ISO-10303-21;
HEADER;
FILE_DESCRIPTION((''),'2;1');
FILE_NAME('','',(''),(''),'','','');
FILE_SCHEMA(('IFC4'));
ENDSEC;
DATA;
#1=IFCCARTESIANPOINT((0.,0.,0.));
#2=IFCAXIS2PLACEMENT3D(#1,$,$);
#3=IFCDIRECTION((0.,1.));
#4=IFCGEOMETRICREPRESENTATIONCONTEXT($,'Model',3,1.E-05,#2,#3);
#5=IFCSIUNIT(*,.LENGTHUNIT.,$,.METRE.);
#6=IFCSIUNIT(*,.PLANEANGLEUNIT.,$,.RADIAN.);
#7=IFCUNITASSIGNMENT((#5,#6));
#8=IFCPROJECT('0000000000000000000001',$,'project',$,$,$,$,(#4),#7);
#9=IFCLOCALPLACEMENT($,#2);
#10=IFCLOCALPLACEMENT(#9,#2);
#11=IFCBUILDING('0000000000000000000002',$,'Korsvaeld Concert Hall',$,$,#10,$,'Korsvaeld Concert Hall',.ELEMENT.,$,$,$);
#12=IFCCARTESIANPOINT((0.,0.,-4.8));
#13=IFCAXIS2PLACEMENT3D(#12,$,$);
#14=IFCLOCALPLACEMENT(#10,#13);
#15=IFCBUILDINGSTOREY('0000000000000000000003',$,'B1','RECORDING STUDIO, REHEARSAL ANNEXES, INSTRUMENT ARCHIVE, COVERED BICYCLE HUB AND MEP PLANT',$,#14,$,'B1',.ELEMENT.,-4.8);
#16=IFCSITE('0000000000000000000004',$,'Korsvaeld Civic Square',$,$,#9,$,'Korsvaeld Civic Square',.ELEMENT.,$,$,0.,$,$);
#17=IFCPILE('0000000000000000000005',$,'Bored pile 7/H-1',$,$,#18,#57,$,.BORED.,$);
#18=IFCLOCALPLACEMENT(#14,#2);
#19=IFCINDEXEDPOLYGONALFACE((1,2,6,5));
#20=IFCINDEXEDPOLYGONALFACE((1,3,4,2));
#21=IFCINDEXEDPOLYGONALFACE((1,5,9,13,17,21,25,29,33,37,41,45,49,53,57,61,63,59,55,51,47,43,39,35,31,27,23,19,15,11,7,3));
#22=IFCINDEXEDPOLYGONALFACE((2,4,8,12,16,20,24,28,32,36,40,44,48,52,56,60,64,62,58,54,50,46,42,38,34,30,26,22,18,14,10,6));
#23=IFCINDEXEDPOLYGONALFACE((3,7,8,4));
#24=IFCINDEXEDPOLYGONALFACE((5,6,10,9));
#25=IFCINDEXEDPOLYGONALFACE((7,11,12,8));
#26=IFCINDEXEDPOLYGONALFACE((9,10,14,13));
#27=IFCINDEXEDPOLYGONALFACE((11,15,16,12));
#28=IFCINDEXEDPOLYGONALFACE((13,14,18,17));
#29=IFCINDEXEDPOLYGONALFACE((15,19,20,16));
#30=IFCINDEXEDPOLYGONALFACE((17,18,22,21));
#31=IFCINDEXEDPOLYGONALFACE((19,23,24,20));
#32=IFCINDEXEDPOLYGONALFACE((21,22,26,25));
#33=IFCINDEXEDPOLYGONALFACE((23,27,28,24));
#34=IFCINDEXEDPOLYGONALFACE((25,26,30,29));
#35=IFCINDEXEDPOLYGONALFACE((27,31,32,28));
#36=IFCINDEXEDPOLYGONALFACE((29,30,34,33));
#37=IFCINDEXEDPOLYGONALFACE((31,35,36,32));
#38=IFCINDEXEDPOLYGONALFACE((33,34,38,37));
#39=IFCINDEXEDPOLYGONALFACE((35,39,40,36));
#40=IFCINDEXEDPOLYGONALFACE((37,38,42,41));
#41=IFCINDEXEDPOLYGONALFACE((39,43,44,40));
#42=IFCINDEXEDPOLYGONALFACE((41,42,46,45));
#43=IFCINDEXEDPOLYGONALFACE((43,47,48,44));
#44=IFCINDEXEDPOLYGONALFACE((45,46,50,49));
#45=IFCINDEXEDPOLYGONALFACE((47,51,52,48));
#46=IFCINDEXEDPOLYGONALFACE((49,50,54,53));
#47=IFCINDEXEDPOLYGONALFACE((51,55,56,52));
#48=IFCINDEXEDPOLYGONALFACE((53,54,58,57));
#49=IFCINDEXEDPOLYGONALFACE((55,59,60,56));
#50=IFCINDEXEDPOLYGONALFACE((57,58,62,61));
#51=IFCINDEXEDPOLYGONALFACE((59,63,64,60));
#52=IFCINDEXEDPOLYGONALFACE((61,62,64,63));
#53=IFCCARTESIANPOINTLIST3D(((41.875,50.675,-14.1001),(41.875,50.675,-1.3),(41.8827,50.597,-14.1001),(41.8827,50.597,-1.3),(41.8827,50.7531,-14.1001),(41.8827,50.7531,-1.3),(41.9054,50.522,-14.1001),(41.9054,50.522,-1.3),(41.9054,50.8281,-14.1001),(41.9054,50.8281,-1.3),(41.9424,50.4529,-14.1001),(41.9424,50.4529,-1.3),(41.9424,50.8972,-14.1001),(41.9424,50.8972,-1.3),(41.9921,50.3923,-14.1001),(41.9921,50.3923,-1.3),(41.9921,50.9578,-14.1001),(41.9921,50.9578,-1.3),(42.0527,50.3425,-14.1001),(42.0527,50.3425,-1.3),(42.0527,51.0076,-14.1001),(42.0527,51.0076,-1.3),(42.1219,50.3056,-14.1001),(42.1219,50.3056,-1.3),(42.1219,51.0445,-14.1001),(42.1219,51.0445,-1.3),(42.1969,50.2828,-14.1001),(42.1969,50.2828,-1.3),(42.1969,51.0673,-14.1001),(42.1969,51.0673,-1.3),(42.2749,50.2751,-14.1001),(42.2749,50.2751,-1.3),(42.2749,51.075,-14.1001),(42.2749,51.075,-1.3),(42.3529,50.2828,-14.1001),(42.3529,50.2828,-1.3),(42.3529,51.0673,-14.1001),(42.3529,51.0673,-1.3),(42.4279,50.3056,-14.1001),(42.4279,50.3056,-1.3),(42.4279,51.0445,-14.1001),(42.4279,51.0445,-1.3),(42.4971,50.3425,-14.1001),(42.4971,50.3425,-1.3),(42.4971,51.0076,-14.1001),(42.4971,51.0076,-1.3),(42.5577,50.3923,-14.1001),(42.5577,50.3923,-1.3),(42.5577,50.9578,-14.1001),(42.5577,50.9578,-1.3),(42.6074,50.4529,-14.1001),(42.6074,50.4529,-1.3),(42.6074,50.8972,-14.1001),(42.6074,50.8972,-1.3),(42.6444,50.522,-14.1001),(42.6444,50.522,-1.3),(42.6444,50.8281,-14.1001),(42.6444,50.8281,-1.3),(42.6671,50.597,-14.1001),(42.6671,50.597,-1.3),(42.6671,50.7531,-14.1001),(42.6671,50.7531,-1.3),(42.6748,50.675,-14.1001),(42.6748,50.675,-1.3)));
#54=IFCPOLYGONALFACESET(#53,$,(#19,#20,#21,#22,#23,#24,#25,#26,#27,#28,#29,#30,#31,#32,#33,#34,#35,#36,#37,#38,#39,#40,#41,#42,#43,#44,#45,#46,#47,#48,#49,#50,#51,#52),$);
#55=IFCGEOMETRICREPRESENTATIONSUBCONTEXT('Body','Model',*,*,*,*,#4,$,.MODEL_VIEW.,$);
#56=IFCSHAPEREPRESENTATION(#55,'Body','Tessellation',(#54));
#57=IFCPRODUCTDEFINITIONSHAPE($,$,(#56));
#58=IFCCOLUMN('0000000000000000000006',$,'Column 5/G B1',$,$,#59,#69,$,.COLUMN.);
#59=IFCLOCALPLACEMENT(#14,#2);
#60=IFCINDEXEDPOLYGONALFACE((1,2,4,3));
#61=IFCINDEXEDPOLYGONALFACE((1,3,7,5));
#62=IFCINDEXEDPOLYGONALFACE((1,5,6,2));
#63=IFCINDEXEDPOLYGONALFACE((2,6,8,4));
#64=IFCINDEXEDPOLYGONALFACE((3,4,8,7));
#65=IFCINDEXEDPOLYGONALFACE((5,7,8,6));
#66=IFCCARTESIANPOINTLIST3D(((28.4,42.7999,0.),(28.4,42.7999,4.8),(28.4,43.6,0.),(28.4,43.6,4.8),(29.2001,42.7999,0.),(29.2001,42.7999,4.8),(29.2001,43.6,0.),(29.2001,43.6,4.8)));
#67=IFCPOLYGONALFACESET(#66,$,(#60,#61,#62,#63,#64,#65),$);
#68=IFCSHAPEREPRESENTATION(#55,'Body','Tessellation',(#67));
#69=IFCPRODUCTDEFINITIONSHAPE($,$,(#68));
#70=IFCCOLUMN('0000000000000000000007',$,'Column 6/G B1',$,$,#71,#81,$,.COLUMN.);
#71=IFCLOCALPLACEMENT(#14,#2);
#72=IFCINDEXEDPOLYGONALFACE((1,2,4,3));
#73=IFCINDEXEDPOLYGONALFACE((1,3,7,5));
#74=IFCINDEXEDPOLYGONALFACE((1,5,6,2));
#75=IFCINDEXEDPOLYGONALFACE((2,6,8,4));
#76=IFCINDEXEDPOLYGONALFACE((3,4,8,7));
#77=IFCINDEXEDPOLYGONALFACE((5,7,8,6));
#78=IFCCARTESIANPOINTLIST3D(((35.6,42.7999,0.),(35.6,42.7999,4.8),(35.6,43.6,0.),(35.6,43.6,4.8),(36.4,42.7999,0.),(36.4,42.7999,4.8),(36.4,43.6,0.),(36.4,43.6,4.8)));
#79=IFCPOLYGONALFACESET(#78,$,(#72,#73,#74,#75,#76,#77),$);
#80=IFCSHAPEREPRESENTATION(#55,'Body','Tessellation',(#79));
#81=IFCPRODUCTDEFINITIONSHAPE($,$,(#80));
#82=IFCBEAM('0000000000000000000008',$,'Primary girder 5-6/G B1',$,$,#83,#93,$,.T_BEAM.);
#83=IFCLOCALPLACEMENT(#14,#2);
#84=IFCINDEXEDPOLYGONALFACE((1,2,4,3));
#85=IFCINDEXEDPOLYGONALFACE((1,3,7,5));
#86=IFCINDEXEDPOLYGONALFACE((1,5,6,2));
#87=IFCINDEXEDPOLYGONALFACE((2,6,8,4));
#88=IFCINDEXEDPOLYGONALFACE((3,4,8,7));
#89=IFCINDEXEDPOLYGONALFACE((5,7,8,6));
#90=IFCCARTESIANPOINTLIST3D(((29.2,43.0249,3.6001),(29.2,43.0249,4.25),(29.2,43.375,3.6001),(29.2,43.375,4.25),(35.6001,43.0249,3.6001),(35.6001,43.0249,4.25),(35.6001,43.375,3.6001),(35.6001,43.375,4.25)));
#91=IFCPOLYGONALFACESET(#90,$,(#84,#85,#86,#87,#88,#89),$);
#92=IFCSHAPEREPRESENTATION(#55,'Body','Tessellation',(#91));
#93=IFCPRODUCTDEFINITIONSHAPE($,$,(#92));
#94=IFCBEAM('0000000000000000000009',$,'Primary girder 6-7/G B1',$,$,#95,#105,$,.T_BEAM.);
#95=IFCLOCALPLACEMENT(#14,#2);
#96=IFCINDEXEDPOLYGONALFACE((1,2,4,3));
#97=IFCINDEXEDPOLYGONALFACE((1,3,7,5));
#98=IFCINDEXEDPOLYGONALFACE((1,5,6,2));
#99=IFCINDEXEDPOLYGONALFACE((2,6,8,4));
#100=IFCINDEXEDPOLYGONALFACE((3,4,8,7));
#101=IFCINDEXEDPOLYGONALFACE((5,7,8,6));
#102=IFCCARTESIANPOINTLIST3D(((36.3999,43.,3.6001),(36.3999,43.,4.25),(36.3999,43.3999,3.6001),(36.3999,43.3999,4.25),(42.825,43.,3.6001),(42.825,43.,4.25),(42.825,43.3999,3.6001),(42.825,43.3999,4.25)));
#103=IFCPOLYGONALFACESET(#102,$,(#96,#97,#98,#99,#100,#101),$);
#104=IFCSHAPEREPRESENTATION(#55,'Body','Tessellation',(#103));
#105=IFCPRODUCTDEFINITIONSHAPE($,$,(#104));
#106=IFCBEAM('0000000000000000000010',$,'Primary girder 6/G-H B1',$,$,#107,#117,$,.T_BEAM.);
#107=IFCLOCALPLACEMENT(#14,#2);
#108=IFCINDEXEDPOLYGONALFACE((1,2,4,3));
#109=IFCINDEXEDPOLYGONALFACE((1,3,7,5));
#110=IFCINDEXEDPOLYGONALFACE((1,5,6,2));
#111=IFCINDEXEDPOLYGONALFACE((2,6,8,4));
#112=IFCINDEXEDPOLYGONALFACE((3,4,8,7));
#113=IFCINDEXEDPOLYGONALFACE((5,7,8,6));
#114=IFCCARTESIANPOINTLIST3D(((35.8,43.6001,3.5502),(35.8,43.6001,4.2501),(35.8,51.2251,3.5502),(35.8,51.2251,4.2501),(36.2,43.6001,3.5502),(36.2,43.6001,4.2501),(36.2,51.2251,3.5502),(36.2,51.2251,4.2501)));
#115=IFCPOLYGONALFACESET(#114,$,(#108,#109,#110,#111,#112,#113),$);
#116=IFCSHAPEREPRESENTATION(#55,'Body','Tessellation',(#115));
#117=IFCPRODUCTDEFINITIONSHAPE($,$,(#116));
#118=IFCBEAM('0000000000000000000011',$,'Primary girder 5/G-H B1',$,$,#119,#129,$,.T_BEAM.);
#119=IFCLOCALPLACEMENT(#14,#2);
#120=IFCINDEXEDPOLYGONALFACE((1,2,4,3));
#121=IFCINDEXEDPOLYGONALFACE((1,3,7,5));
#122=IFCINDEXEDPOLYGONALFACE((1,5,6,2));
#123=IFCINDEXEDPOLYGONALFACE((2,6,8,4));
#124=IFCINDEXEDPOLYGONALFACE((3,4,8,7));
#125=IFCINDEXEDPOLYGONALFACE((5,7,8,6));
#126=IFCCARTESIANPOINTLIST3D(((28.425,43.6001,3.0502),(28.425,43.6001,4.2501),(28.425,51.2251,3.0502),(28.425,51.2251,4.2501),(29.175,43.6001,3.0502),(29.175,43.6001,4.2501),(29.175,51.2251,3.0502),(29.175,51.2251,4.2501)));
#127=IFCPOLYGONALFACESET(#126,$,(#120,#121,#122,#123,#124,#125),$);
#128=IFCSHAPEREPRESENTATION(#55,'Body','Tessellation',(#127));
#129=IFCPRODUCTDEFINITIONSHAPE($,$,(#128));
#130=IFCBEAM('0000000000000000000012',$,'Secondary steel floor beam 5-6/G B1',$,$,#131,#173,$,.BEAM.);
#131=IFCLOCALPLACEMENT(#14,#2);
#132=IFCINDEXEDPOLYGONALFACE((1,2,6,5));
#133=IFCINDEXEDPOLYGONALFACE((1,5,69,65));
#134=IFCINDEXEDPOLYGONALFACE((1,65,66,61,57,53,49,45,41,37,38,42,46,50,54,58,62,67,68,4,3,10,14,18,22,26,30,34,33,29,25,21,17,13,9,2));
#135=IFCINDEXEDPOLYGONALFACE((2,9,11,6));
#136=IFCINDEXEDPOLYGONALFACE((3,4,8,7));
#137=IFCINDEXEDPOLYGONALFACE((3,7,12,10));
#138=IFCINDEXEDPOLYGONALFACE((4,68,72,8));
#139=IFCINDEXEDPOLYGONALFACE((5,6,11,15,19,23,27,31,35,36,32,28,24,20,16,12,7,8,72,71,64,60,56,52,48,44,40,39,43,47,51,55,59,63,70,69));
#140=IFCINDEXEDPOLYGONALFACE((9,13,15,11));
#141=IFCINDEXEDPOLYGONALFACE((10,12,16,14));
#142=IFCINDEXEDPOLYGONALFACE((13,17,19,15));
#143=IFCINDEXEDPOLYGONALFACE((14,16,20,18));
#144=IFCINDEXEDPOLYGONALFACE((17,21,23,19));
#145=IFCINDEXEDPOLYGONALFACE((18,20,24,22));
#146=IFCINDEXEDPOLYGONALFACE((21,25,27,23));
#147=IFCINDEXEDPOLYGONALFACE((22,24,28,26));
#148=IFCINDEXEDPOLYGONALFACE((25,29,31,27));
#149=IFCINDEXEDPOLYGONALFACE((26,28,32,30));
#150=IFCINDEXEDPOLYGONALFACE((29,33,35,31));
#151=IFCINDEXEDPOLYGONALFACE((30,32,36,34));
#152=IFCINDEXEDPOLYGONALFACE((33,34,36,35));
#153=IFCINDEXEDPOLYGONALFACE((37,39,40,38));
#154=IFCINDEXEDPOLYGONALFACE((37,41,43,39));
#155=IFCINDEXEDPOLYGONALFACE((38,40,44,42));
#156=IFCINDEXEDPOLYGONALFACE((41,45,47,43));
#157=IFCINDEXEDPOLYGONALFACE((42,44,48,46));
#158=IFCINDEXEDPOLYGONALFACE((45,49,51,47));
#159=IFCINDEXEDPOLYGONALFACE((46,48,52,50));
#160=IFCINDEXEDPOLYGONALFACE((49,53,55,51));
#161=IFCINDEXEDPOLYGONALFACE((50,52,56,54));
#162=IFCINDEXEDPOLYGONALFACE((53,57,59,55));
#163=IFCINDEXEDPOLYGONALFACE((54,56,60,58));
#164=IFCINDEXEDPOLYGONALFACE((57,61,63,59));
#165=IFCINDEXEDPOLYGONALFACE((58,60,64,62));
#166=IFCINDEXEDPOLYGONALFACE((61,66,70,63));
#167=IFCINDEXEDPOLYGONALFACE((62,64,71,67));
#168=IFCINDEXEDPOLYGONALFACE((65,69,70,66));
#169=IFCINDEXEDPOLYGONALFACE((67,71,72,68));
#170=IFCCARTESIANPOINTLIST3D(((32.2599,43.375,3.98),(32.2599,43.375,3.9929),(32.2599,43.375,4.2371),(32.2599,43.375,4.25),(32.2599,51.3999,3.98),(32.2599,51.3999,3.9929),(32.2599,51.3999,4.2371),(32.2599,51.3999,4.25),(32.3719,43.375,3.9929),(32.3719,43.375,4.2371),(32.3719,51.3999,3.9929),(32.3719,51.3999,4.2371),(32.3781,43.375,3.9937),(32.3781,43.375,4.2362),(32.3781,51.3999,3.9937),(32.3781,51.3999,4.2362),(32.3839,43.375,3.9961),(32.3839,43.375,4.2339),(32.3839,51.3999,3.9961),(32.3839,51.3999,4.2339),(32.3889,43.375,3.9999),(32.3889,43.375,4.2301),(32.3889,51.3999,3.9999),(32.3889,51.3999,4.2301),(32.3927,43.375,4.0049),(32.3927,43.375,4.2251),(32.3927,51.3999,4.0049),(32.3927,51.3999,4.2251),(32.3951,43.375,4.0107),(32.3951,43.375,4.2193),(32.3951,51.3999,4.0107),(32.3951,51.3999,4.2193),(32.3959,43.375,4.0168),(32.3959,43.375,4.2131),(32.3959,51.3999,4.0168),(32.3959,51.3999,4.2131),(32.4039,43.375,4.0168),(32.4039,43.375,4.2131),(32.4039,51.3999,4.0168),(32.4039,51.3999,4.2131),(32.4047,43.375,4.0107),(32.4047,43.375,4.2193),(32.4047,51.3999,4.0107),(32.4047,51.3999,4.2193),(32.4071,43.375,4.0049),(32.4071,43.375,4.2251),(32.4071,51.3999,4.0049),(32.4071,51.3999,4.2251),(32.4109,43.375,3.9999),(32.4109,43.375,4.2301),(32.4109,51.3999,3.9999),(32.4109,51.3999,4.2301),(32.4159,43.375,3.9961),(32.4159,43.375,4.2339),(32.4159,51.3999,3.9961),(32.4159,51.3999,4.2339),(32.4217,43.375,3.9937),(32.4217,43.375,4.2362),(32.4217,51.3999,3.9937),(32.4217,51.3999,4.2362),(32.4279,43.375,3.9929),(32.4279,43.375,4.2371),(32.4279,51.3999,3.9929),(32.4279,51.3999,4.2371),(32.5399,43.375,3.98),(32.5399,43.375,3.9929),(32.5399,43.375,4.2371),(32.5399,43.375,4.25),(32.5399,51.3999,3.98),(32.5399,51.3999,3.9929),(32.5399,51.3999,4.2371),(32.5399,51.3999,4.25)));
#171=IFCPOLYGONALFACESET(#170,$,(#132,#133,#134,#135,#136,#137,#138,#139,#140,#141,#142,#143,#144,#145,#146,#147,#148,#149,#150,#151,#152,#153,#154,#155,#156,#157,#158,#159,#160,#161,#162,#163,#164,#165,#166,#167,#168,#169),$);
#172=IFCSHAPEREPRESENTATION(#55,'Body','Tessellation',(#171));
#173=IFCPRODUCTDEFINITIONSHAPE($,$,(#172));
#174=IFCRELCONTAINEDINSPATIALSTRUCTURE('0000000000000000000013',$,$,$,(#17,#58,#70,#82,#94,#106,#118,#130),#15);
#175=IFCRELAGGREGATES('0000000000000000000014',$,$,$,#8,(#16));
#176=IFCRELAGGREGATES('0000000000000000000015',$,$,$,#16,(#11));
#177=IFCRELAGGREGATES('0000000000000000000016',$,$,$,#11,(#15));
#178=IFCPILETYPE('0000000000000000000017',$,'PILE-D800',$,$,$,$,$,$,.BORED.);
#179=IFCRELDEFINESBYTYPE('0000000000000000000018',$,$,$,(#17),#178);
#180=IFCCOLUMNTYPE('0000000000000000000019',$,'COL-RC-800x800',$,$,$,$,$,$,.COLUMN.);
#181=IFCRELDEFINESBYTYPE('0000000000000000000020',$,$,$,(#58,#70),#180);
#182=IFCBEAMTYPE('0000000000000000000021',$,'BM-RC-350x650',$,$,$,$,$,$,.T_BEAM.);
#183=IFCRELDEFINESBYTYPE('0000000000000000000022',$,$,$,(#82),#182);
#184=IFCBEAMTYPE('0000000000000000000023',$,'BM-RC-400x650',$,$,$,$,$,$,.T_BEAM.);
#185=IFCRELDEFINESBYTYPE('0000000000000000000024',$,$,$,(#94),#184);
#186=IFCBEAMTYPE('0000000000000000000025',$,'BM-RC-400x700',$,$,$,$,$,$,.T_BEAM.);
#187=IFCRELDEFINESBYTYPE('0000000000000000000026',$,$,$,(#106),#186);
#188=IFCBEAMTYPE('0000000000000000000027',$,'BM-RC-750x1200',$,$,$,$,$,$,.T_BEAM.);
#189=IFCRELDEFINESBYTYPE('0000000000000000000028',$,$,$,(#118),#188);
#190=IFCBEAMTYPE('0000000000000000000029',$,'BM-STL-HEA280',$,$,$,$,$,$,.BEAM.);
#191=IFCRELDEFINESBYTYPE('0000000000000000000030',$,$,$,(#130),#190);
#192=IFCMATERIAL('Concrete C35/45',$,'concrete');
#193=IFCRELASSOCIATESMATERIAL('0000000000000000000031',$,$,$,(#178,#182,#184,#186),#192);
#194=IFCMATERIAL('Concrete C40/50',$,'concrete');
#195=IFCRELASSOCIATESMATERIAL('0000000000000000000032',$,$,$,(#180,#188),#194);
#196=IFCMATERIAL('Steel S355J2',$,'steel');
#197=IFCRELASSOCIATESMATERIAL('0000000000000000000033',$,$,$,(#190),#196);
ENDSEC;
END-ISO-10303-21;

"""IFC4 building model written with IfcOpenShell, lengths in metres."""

from ifc_helpers import new_model, si_unit, direction, frame, origin, origin_2d, place, context, subcontext, project, spatial, rectangle, circle, i_section, extrude, material, material_profile, profile_set, type_object, element, save


model = new_model("IFC4")

# Units and contexts
model_context = context("Model", 3, precision=1e-05, world=origin(), true_north=direction((0.0, 1.0)))
body_context = subcontext(model_context, "Body", "Model", "MODEL_VIEW")
ifc_project = project(units=[si_unit("LENGTHUNIT", "METRE"), si_unit("PLANEANGLEUNIT", "RADIAN")], contexts=[model_context])

# Site, building, storey
site_placement = place(None, origin())
site = spatial("IfcSite", under=ifc_project, at=site_placement, Name="Korsvaeld Civic Square", LongName="Korsvaeld Civic Square", CompositionType="ELEMENT", RefElevation=0.0)
building_placement = place(site_placement, origin())
building = spatial("IfcBuilding", under=site, at=building_placement, Name="Korsvaeld Concert Hall", LongName="Korsvaeld Concert Hall", CompositionType="ELEMENT")
storey_placement = place(building_placement, frame((0.0, 0.0, -4.8)))
storey = spatial("IfcBuildingStorey", under=building, at=storey_placement, Name="B1", Description="RECORDING STUDIO, REHEARSAL ANNEXES, INSTRUMENT ARCHIVE, COVERED BICYCLE HUB AND MEP PLANT", LongName="B1", CompositionType="ELEMENT", Elevation=-4.8)

# Shared definitions
ifc_material_1 = material(Name="Concrete C35/45", Category="concrete")

# Pile
ifc_material_profile_1 = material_profile(ifc_material_1, circle(Radius=0.3999, at=origin_2d()), Name="BORED PILE D800")
ifc_profile_set_1 = profile_set([ifc_material_profile_1], Name="Concrete C35/45")
pile_type = type_object("IfcPileType", Name="PILE-D800", PredefinedType="BORED", material=ifc_profile_set_1)
pile_1_placement = place(storey_placement, frame((42.2749, 50.675, -1.3), z_axis=(0.0, 0.0, -1.0), x_axis=(1.0, 0.0, 0.0)))
element("IfcPile", 1, at=pile_1_placement, inside=storey, type_object=pile_type, Name="Bored pile 7/H-1", PredefinedType="BORED", context=body_context, shape_type="SweptSolid", body=[
    extrude(circle(Radius=0.3999, at=origin_2d()), origin(), (0.0, 0.0, 1.0), 12.8),
])

# Columns
ifc_material_2 = material(Name="Concrete C40/50", Category="concrete")
ifc_material_profile_2 = material_profile(ifc_material_2, rectangle(XDim=0.8, YDim=0.8, at=origin_2d()), Name="RC 800x800")
ifc_profile_set_2 = profile_set([ifc_material_profile_2], Name="Concrete C40/50")
column_type = type_object("IfcColumnType", Name="COL-RC-800x800", PredefinedType="COLUMN", material=ifc_profile_set_2)
for number, where, z_axis, x_axis, name in (
    (2, (28.8, 43.2, 0.0), (0.0, 0.0, 1.0), (1.0, 0.0, 0.0), "Column 5/G B1"),
    (3, (36.0, 43.2, 0.0), (0.0, 0.0, 1.0), (1.0, 0.0, 0.0), "Column 6/G B1"),
):
    element("IfcColumn", number, at=place(storey_placement, frame(where, z_axis=z_axis, x_axis=x_axis)), inside=storey, type_object=column_type, Name=name, PredefinedType="COLUMN", context=body_context, shape_type="SweptSolid", body=[
        extrude(rectangle(XDim=0.8, YDim=0.8, at=origin_2d()), origin(), (0.0, 0.0, 1.0), 4.8),
    ])

# Beams
ifc_material_profile_3 = material_profile(ifc_material_1, rectangle(XDim=0.3501, YDim=0.6499, at=origin_2d()), Name="RC 350x650")
ifc_profile_set_3 = profile_set([ifc_material_profile_3], Name="Concrete C35/45")
beam_type_1 = type_object("IfcBeamType", Name="BM-RC-350x650", PredefinedType="T_BEAM", material=ifc_profile_set_3)
beam_1_placement = place(storey_placement, frame((29.2, 43.2, 3.925), z_axis=(1.0, 0.0, 0.0), x_axis=(0.0, 1.0, 0.0)))
element("IfcBeam", 4, at=beam_1_placement, inside=storey, type_object=beam_type_1, Name="Primary girder 5-6/G B1", PredefinedType="T_BEAM", context=body_context, shape_type="SweptSolid", body=[
    extrude(rectangle(XDim=0.3501, YDim=0.6499, at=origin_2d()), origin(), (0.0, 0.0, 1.0), 6.4001),
])
ifc_material_profile_4 = material_profile(ifc_material_1, rectangle(XDim=0.3999, YDim=0.6499, at=origin_2d()), Name="RC 400x650")
ifc_profile_set_4 = profile_set([ifc_material_profile_4], Name="Concrete C35/45")
beam_type_2 = type_object("IfcBeamType", Name="BM-RC-400x650", PredefinedType="T_BEAM", material=ifc_profile_set_4)
beam_2_placement = place(storey_placement, frame((36.3999, 43.2, 3.925), z_axis=(1.0, 0.0, 0.0), x_axis=(0.0, 1.0, 0.0)))
element("IfcBeam", 5, at=beam_2_placement, inside=storey, type_object=beam_type_2, Name="Primary girder 6-7/G B1", PredefinedType="T_BEAM", context=body_context, shape_type="SweptSolid", body=[
    extrude(rectangle(XDim=0.3999, YDim=0.6499, at=origin_2d()), origin(), (0.0, 0.0, 1.0), 6.425),
])
ifc_material_profile_5 = material_profile(ifc_material_1, rectangle(XDim=0.3999, YDim=0.7, at=origin_2d()), Name="RC 400x700")
ifc_profile_set_5 = profile_set([ifc_material_profile_5], Name="Concrete C35/45")
beam_type_3 = type_object("IfcBeamType", Name="BM-RC-400x700", PredefinedType="T_BEAM", material=ifc_profile_set_5)
beam_3_placement = place(storey_placement, frame((36.0, 43.6001, 3.9001), z_axis=(0.0, 1.0, 0.0), x_axis=(-1.0, 0.0, 0.0)))
element("IfcBeam", 6, at=beam_3_placement, inside=storey, type_object=beam_type_3, Name="Primary girder 6/G-H B1", PredefinedType="T_BEAM", context=body_context, shape_type="SweptSolid", body=[
    extrude(rectangle(XDim=0.3999, YDim=0.7, at=origin_2d()), origin(), (0.0, 0.0, 1.0), 7.625),
])
ifc_material_profile_6 = material_profile(ifc_material_2, rectangle(XDim=0.75, YDim=1.2, at=origin_2d()), Name="RC 750x1200")
ifc_profile_set_6 = profile_set([ifc_material_profile_6], Name="Concrete C40/50")
beam_type_4 = type_object("IfcBeamType", Name="BM-RC-750x1200", PredefinedType="T_BEAM", material=ifc_profile_set_6)
beam_4_placement = place(storey_placement, frame((28.8, 43.6001, 3.6501), z_axis=(0.0, 1.0, 0.0), x_axis=(-1.0, 0.0, 0.0)))
element("IfcBeam", 7, at=beam_4_placement, inside=storey, type_object=beam_type_4, Name="Primary girder 5/G-H B1", PredefinedType="T_BEAM", context=body_context, shape_type="SweptSolid", body=[
    extrude(rectangle(XDim=0.75, YDim=1.2, at=origin_2d()), origin(), (0.0, 0.0, 1.0), 7.625),
])
ifc_material_3 = material(Name="Steel S355J2", Category="steel")
ifc_material_profile_7 = material_profile(ifc_material_3, i_section(OverallWidth=0.28, OverallDepth=0.27, WebThickness=0.0081, FlangeThickness=0.0129, FilletRadius=0.0239, at=origin_2d()), Name="HEA 280")
ifc_profile_set_7 = profile_set([ifc_material_profile_7], Name="Steel S355J2")
beam_type_5 = type_object("IfcBeamType", Name="BM-STL-HEA280", PredefinedType="BEAM", material=ifc_profile_set_7)
beam_5_placement = place(storey_placement, frame((32.3999, 43.375, 4.115), z_axis=(0.0, 1.0, 0.0), x_axis=(-1.0, 0.0, 0.0)))
element("IfcBeam", 8, at=beam_5_placement, inside=storey, type_object=beam_type_5, Name="Secondary steel floor beam 5-6/G B1", PredefinedType="BEAM", context=body_context, shape_type="SweptSolid", body=[
    extrude(i_section(OverallWidth=0.28, OverallDepth=0.27, WebThickness=0.0081, FlangeThickness=0.0129, FilletRadius=0.0239, at=origin_2d()), origin(), (0.0, 0.0, 1.0), 8.0249),
])

save(model, "model.ifc")
